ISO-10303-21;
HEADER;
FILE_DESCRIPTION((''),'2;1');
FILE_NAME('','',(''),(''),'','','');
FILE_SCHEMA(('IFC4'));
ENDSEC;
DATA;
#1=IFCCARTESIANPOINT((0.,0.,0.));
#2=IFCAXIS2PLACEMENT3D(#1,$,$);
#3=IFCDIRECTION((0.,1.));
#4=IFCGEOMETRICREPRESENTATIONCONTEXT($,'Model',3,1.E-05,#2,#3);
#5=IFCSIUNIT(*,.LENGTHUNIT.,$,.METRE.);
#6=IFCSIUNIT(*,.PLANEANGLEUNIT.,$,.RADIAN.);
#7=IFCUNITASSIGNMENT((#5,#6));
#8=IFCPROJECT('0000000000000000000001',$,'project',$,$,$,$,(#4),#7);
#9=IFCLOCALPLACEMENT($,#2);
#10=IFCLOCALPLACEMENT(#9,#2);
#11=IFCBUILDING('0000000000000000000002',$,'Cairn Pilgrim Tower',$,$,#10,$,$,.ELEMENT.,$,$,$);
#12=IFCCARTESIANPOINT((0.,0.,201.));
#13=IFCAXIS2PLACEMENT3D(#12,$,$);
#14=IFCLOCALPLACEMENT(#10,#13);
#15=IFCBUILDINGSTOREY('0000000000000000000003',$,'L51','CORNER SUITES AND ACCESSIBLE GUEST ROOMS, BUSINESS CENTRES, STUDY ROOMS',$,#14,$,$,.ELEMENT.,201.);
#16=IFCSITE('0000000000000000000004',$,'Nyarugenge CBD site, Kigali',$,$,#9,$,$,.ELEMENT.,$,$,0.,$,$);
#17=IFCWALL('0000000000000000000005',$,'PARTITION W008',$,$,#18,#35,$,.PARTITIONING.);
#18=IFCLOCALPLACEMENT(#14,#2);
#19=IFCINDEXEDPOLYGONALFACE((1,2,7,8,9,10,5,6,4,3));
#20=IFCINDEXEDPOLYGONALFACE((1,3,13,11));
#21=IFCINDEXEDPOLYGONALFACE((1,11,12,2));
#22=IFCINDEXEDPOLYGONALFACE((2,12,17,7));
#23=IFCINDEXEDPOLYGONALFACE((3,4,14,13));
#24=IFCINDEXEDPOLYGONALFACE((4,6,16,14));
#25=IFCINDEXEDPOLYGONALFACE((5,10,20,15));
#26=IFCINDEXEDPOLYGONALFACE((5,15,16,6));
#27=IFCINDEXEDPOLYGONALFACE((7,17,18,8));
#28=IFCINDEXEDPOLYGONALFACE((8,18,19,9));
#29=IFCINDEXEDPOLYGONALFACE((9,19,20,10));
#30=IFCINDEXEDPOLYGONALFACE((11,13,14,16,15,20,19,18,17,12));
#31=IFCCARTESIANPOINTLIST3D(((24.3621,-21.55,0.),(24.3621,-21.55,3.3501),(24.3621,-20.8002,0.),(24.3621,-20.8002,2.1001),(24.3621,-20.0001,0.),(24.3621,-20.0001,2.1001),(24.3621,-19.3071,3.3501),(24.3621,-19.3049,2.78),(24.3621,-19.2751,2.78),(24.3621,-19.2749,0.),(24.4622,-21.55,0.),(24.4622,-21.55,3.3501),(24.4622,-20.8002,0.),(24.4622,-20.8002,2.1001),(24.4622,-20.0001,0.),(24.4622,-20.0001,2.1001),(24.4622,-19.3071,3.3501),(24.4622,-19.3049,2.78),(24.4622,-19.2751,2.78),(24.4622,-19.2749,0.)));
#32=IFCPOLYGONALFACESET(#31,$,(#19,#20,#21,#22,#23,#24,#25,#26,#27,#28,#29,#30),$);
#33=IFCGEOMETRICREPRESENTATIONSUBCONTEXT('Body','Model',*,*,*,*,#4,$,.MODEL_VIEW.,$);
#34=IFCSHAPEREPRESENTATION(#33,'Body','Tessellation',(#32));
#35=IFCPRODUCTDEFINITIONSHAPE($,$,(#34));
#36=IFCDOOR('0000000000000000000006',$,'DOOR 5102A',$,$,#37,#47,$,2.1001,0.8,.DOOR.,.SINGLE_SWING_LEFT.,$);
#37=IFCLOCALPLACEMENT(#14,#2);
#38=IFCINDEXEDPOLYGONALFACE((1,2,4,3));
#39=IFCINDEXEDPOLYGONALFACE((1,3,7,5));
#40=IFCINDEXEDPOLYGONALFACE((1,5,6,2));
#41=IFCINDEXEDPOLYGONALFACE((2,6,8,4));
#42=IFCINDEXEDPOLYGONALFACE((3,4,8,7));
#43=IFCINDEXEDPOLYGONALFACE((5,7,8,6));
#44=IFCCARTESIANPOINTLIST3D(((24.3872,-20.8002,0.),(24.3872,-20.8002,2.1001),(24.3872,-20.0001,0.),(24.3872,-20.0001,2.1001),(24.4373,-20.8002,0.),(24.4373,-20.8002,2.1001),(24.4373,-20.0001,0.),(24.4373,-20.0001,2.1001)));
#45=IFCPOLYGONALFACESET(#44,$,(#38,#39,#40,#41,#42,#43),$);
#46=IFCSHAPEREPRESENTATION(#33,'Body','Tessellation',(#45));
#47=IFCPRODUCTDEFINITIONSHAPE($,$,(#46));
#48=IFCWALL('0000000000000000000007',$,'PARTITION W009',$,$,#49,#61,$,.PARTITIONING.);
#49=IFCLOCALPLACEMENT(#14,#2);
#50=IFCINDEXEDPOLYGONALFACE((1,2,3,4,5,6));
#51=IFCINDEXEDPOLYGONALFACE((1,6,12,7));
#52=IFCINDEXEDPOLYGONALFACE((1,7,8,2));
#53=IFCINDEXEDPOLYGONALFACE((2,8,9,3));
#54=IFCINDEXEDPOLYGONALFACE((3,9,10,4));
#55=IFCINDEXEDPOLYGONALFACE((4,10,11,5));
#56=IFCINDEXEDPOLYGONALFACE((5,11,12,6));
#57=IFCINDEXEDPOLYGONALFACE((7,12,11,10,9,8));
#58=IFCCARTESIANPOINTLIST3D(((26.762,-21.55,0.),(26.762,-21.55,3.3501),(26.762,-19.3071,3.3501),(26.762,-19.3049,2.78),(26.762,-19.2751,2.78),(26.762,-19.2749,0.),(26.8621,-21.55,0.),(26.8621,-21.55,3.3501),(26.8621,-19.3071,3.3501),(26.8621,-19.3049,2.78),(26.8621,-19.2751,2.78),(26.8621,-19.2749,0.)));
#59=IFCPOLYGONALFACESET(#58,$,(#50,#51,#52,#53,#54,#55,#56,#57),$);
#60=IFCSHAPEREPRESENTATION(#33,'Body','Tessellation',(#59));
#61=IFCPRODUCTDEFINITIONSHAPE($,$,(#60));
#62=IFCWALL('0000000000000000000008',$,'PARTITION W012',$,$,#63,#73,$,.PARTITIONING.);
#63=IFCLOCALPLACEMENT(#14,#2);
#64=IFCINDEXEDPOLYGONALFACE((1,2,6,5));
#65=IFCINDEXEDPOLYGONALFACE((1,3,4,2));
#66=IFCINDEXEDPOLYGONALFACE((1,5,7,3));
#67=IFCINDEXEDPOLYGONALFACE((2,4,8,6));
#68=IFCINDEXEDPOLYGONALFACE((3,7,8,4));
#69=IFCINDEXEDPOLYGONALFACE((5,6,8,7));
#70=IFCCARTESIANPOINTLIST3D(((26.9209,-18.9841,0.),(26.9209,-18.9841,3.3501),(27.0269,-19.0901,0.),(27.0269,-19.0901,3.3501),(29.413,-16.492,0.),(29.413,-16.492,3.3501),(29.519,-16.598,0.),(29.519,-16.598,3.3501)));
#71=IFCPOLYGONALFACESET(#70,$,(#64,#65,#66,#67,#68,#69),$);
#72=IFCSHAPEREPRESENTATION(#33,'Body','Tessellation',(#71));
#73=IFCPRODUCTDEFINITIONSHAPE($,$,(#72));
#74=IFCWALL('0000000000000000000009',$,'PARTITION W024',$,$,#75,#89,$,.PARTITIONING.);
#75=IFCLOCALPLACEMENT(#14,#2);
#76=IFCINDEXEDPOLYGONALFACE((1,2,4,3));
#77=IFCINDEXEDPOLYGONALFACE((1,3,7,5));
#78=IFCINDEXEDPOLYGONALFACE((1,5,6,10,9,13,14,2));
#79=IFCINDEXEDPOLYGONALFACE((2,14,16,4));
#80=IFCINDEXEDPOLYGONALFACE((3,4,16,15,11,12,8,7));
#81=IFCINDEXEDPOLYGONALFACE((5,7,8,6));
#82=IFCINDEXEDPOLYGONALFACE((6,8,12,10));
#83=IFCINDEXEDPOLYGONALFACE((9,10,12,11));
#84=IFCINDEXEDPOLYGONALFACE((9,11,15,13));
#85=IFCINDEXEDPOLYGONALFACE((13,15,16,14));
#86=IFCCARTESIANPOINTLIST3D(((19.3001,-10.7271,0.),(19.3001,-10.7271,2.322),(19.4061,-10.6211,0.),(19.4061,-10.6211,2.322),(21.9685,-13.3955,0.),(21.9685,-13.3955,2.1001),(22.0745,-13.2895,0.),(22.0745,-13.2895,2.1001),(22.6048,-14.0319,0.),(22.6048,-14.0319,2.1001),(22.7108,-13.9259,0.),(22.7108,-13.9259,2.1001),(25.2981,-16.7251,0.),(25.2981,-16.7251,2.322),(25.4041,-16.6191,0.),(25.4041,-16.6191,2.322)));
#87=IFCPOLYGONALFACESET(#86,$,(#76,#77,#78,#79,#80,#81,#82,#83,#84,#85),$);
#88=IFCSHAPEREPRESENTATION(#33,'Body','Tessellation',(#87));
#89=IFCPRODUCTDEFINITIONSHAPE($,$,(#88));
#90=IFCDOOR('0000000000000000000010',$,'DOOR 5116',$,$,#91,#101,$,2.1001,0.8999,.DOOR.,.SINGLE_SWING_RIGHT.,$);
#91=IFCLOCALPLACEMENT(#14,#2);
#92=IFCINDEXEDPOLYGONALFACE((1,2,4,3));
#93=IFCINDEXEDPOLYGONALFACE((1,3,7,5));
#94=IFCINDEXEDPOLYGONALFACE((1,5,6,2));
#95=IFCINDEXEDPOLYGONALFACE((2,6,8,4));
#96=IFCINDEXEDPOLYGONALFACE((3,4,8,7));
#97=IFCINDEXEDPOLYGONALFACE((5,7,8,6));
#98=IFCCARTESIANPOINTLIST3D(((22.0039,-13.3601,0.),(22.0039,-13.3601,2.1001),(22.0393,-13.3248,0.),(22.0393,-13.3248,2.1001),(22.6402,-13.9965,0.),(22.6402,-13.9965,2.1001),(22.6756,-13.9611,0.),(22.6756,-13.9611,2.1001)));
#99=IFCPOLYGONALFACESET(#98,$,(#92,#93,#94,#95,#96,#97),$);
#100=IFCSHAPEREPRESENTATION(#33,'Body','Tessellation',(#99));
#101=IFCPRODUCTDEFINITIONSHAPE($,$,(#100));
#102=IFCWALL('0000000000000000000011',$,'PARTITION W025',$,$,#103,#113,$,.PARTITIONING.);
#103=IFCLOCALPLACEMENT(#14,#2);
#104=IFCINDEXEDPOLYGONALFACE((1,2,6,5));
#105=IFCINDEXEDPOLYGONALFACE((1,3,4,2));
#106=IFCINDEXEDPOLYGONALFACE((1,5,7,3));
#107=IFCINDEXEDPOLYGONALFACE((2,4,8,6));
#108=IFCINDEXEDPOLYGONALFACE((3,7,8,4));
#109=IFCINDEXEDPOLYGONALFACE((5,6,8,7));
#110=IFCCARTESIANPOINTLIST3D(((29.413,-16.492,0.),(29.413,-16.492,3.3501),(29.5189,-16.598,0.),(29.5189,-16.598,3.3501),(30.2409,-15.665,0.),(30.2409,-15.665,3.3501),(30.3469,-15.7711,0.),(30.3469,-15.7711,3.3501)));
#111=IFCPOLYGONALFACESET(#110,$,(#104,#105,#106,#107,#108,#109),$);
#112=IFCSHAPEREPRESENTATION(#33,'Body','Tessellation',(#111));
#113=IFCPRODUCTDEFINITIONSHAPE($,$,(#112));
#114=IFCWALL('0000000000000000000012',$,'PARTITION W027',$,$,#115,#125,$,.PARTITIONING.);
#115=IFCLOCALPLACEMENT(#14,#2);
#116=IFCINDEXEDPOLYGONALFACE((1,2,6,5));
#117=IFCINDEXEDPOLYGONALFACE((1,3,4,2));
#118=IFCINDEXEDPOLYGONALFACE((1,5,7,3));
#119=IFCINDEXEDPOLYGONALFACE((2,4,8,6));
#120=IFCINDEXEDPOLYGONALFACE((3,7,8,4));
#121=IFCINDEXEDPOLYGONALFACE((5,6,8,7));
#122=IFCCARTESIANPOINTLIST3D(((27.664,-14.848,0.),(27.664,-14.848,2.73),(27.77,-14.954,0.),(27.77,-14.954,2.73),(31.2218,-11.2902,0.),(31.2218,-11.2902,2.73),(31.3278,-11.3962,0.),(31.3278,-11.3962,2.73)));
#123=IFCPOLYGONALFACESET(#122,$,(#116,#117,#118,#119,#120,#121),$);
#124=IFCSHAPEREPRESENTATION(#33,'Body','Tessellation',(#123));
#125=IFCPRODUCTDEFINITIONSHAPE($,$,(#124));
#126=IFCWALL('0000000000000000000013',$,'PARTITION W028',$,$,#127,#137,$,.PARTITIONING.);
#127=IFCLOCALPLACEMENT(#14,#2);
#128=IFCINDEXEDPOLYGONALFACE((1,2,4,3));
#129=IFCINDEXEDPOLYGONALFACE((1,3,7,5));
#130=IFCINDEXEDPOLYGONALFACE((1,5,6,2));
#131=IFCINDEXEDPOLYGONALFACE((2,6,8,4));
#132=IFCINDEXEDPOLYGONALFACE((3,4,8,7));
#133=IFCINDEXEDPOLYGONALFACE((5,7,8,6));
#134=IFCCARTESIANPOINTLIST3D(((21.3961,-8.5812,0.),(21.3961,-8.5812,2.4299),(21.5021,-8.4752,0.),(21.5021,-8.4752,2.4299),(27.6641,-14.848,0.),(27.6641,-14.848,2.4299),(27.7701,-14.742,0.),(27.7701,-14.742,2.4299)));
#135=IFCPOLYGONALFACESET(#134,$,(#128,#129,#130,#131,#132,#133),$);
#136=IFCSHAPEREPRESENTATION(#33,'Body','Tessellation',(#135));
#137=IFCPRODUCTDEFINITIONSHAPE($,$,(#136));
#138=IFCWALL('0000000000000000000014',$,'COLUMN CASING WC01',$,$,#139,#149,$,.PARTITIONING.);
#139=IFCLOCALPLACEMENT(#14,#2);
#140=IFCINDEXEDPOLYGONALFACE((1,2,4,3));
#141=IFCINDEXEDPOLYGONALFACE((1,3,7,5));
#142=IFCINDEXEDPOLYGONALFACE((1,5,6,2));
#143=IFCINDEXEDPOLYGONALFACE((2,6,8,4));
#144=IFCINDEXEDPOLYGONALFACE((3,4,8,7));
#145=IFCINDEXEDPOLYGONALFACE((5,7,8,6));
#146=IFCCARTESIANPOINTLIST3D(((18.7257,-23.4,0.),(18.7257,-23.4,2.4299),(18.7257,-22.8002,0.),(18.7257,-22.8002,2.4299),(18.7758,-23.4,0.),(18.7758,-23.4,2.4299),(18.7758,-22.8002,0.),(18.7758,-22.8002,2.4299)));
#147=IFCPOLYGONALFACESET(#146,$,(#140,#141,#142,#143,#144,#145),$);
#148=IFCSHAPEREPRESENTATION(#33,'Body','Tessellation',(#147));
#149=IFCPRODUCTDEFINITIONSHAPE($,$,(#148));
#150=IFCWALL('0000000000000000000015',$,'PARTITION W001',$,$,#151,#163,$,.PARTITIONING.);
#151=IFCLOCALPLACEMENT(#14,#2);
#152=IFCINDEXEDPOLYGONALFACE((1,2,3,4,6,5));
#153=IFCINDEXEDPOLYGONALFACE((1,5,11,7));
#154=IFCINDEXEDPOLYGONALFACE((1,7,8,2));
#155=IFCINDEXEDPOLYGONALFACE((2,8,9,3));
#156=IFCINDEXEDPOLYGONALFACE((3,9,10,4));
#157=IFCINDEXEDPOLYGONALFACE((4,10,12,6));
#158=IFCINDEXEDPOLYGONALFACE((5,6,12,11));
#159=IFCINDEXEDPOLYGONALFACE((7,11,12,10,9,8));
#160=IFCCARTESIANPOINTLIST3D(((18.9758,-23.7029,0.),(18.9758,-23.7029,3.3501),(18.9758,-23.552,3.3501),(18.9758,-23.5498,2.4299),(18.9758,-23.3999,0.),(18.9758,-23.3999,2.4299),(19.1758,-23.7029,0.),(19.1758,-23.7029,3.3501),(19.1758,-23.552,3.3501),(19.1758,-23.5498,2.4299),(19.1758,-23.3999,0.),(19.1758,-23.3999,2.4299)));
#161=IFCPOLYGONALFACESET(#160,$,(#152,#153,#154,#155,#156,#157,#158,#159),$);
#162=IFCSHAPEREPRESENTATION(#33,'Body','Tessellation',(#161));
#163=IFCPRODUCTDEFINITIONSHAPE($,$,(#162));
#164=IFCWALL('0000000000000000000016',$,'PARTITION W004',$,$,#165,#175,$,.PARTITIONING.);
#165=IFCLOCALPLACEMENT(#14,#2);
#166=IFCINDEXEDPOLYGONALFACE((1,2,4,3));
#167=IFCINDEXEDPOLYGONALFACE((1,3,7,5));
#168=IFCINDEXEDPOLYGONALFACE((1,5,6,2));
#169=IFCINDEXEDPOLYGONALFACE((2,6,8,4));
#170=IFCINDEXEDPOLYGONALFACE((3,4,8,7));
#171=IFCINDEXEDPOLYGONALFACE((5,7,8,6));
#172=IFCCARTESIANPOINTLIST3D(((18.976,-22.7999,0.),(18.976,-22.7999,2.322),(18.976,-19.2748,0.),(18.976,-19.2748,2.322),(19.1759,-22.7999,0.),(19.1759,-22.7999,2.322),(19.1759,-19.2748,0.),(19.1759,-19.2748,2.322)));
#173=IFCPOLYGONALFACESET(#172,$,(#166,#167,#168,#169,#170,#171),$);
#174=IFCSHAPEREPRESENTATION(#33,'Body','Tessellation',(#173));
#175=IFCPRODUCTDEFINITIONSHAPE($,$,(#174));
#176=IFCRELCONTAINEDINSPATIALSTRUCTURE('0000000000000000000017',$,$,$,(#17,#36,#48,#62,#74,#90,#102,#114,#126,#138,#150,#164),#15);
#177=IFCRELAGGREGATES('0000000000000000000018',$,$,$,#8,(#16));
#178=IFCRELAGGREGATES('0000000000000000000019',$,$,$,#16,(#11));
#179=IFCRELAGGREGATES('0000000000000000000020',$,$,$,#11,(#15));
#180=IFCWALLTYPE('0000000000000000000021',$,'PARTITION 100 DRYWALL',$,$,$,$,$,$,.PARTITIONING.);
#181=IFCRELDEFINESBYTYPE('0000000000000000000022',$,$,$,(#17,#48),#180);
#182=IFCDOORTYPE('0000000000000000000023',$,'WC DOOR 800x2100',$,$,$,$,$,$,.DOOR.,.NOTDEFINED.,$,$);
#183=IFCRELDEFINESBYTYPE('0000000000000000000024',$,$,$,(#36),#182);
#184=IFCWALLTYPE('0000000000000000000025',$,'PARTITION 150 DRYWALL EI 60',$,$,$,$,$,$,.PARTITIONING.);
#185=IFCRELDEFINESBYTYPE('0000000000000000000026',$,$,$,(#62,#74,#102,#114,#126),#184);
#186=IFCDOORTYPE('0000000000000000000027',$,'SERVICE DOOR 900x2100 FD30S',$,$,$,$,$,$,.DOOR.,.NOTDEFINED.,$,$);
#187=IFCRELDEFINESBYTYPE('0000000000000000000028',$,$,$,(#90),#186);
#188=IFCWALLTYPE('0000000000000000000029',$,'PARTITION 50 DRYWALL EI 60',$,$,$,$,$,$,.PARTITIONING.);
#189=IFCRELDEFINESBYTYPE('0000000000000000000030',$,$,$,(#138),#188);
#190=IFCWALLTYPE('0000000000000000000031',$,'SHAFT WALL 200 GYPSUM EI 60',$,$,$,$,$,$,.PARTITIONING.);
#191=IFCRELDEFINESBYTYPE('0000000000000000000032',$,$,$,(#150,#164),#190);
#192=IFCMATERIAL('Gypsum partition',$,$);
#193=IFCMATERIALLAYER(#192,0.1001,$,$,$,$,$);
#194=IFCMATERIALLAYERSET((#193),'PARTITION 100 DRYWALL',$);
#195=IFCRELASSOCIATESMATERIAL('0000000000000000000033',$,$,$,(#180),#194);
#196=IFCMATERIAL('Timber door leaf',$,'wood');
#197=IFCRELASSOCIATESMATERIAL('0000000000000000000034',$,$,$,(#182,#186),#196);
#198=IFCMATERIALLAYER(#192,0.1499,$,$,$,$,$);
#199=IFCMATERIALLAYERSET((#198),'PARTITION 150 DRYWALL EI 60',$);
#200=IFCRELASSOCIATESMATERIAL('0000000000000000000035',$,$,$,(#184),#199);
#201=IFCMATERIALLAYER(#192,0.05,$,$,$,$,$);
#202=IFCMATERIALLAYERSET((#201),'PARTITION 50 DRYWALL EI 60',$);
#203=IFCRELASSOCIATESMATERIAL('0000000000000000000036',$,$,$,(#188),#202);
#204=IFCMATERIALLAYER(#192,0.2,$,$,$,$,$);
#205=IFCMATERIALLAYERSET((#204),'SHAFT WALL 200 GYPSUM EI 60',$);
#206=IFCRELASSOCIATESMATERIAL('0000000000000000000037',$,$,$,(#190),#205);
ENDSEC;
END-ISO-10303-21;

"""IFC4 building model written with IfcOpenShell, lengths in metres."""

from ifc_helpers import new_model, si_unit, direction, frame, frame_2d, origin, place, context, subcontext, project, spatial, polyline, rectangle, outline, extrude, material, layer, layer_set, type_object, element, fill, save


model = new_model("IFC4")

# Units and contexts
model_context = context("Model", 3, precision=1e-05, world=origin(), true_north=direction((0.0, 1.0)))
body_context = subcontext(model_context, "Body", "Model", "MODEL_VIEW")
ifc_project = project(units=[si_unit("LENGTHUNIT", "METRE"), si_unit("PLANEANGLEUNIT", "RADIAN")], contexts=[model_context])

# Site, building, storey
site_placement = place(None, origin())
site = spatial("IfcSite", under=ifc_project, at=site_placement, Name="Nyarugenge CBD site, Kigali", CompositionType="ELEMENT", RefElevation=0.0)
building_placement = place(site_placement, origin())
building = spatial("IfcBuilding", under=site, at=building_placement, Name="Cairn Pilgrim Tower", CompositionType="ELEMENT")
storey_placement = place(building_placement, frame((0.0, 0.0, 201.0)))
storey = spatial("IfcBuildingStorey", under=building, at=storey_placement, Name="L51", Description="CORNER SUITES AND ACCESSIBLE GUEST ROOMS, BUSINESS CENTRES, STUDY ROOMS", CompositionType="ELEMENT", Elevation=201.0)

# Shared definitions
ifc_material_1 = material(Name="Gypsum partition")
ifc_layer_1 = layer(ifc_material_1, 0.1001)
ifc_layer_set_1 = layer_set([ifc_layer_1], Name="PARTITION 100 DRYWALL")
wall_type_1 = type_object("IfcWallType", Name="PARTITION 100 DRYWALL", PredefinedType="PARTITIONING", material=ifc_layer_set_1)

# Wall, opening, door
wall_1_placement = place(storey_placement, frame((24.4121, -21.55, 0.0), z_axis=(0.0, 0.0, 1.0), x_axis=(0.0, 1.0, 0.0)))
wall_1 = element("IfcWall", 1, at=wall_1_placement, inside=storey, type_object=wall_type_1, Name="PARTITION W008", PredefinedType="PARTITIONING", context=body_context, shape_type="SweptSolid", body=[
    extrude(outline(polyline([(0.0, 0.0), (2.2751, 0.0), (2.2749, 2.78), (2.2451, 2.78), (2.2429, 3.3501), (0.0, 3.3501), (0.0, 0.0)])), frame((0.0, 0.05, 0.0), z_axis=(0.0, -1.0, 0.0), x_axis=(1.0, 0.0, 0.0)), (0.0, 0.0, 1.0), 0.1001),
])
opening_1_placement = place(wall_1_placement, frame((0.75, 0.0, 0.0)))
opening_1 = element("IfcOpeningElement", 2, at=opening_1_placement, cuts=wall_1, PredefinedType="OPENING", context=body_context, shape_type="SweptSolid", body=[
    extrude(rectangle(XDim=0.8, YDim=2.1001, at=frame_2d((0.3999, 1.05))), frame((0.0, 0.0601, 0.0), z_axis=(0.0, -1.0, 0.0), x_axis=(1.0, 0.0, 0.0)), (0.0, 0.0, 1.0), 0.1201),
])
ifc_material_2 = material(Name="Timber door leaf", Category="wood")
door_type_1 = type_object("IfcDoorType", Name="WC DOOR 800x2100", OperationType="NOTDEFINED", PredefinedType="DOOR", material=ifc_material_2)
door_1_placement = place(opening_1_placement, origin())
door_1 = element("IfcDoor", 3, at=door_1_placement, inside=storey, type_object=door_type_1, Name="DOOR 5102A", OperationType="SINGLE_SWING_LEFT", OverallHeight=2.1001, OverallWidth=0.8, PredefinedType="DOOR", context=body_context, shape_type="SweptSolid", body=[
    extrude(rectangle(XDim=0.8, YDim=2.1001, at=frame_2d((0.3999, 1.05))), frame((0.0, 0.0249, 0.0), z_axis=(0.0, -1.0, 0.0), x_axis=(1.0, 0.0, 0.0)), (0.0, 0.0, 1.0), 0.05),
])
fill(opening_1, door_1)

# Walls
wall_2_placement = place(storey_placement, frame((26.812, -21.55, 0.0), z_axis=(0.0, 0.0, 1.0), x_axis=(0.0, 1.0, 0.0)))
element("IfcWall", 4, at=wall_2_placement, inside=storey, type_object=wall_type_1, Name="PARTITION W009", PredefinedType="PARTITIONING", context=body_context, shape_type="SweptSolid", body=[
    extrude(outline(polyline([(0.0, 0.0), (2.2751, 0.0), (2.2749, 2.78), (2.2451, 2.78), (2.2429, 3.3501), (0.0, 3.3501), (0.0, 0.0)])), frame((0.0, 0.05, 0.0), z_axis=(0.0, -1.0, 0.0), x_axis=(1.0, 0.0, 0.0)), (0.0, 0.0, 1.0), 0.1001),
])
ifc_layer_2 = layer(ifc_material_1, 0.1499)
ifc_layer_set_2 = layer_set([ifc_layer_2], Name="PARTITION 150 DRYWALL EI 60")
wall_type_2 = type_object("IfcWallType", Name="PARTITION 150 DRYWALL EI 60", PredefinedType="PARTITIONING", material=ifc_layer_set_2)
wall_3_placement = place(storey_placement, frame((26.9739, -19.0371, 0.0), z_axis=(0.0, 0.0, 1.0), x_axis=(0.707107, 0.707107, 0.0)))
element("IfcWall", 5, at=wall_3_placement, inside=storey, type_object=wall_type_2, Name="PARTITION W012", PredefinedType="PARTITIONING", context=body_context, shape_type="SweptSolid", body=[
    extrude(rectangle(XDim=3.5244, YDim=0.1499, at=frame_2d((1.7622, 0.0))), origin(), (0.0, 0.0, 1.0), 3.3501),
])

# Wall, opening, door
wall_4_placement = place(storey_placement, frame((25.3511, -16.6721, 0.0), z_axis=(0.0, 0.0, 1.0), x_axis=(-0.707107, 0.707107, 0.0)))
wall_4 = element("IfcWall", 6, at=wall_4_placement, inside=storey, type_object=wall_type_2, Name="PARTITION W024", PredefinedType="PARTITIONING", context=body_context, shape_type="SweptSolid", body=[
    extrude(rectangle(XDim=8.4824, YDim=0.1499, at=frame_2d((4.2412, 0.0))), origin(), (0.0, 0.0, 1.0), 2.322),
])
opening_2_placement = place(wall_4_placement, frame((3.8088, 0.0, 0.0)))
opening_2 = element("IfcOpeningElement", 7, at=opening_2_placement, cuts=wall_4, PredefinedType="OPENING", context=body_context, shape_type="SweptSolid", body=[
    extrude(rectangle(XDim=0.8999, YDim=2.1001, at=frame_2d((0.45, 1.05))), frame((0.0, 0.085, 0.0), z_axis=(0.0, -1.0, 0.0), x_axis=(1.0, 0.0, 0.0)), (0.0, 0.0, 1.0), 0.1699),
])
door_type_2 = type_object("IfcDoorType", Name="SERVICE DOOR 900x2100 FD30S", OperationType="NOTDEFINED", PredefinedType="DOOR", material=ifc_material_2)
door_2_placement = place(opening_2_placement, origin())
door_2 = element("IfcDoor", 8, at=door_2_placement, inside=storey, type_object=door_type_2, Name="DOOR 5116", OperationType="SINGLE_SWING_RIGHT", OverallHeight=2.1001, OverallWidth=0.8999, PredefinedType="DOOR", context=body_context, shape_type="SweptSolid", body=[
    extrude(rectangle(XDim=0.8999, YDim=2.1001, at=frame_2d((0.45, 1.05))), frame((0.0, 0.0249, 0.0), z_axis=(0.0, -1.0, 0.0), x_axis=(1.0, 0.0, 0.0)), (0.0, 0.0, 1.0), 0.05),
])
fill(opening_2, door_2)

# Walls
wall_5_placement = place(storey_placement, frame((29.4661, -16.5449, 0.0), z_axis=(0.0, 0.0, 1.0), x_axis=(0.707524, 0.706689, 0.0)))
element("IfcWall", 9, at=wall_5_placement, inside=storey, type_object=wall_type_2, Name="PARTITION W025", PredefinedType="PARTITIONING", context=body_context, shape_type="SweptSolid", body=[
    extrude(rectangle(XDim=1.1702, YDim=0.1499, at=frame_2d((0.585, 0.0))), origin(), (0.0, 0.0, 1.0), 3.3501),
])
wall_6_placement = place(storey_placement, frame((27.717, -14.9009, 0.0), z_axis=(0.0, 0.0, 1.0), x_axis=(0.707107, 0.707107, 0.0)))
element("IfcWall", 10, at=wall_6_placement, inside=storey, type_object=wall_type_2, Name="PARTITION W027", PredefinedType="PARTITIONING", context=body_context, shape_type="SweptSolid", body=[
    extrude(rectangle(XDim=5.0315, YDim=0.1499, at=frame_2d((2.5156, 0.0))), origin(), (0.0, 0.0, 1.0), 2.73),
])
wall_7_placement = place(storey_placement, frame((27.717, -14.7949, 0.0), z_axis=(0.0, 0.0, 1.0), x_axis=(-0.707176, 0.707038, 0.0)))
element("IfcWall", 11, at=wall_7_placement, inside=storey, type_object=wall_type_2, Name="PARTITION W028", PredefinedType="PARTITIONING", context=body_context, shape_type="SweptSolid", body=[
    extrude(rectangle(XDim=8.8635, YDim=0.1499, at=frame_2d((4.4316, 0.0))), origin(), (0.0, 0.0, 1.0), 2.4299),
])
ifc_layer_3 = layer(ifc_material_1, 0.05)
ifc_layer_set_3 = layer_set([ifc_layer_3], Name="PARTITION 50 DRYWALL EI 60")
wall_type_3 = type_object("IfcWallType", Name="PARTITION 50 DRYWALL EI 60", PredefinedType="PARTITIONING", material=ifc_layer_set_3)
wall_8_placement = place(storey_placement, frame((18.7507, -23.3999, 0.0), z_axis=(0.0, 0.0, 1.0), x_axis=(0.0, 1.0, 0.0)))
element("IfcWall", 12, at=wall_8_placement, inside=storey, type_object=wall_type_3, Name="COLUMN CASING WC01", PredefinedType="PARTITIONING", context=body_context, shape_type="SweptSolid", body=[
    extrude(rectangle(XDim=0.5999, YDim=0.05, at=frame_2d((0.2998, 0.0))), origin(), (0.0, 0.0, 1.0), 2.4299),
])
ifc_layer_4 = layer(ifc_material_1, 0.2)
ifc_layer_set_4 = layer_set([ifc_layer_4], Name="SHAFT WALL 200 GYPSUM EI 60")
wall_type_4 = type_object("IfcWallType", Name="SHAFT WALL 200 GYPSUM EI 60", PredefinedType="PARTITIONING", material=ifc_layer_set_4)
wall_9_placement = place(storey_placement, frame((19.0759, -23.7029, 0.0), z_axis=(0.0, 0.0, 1.0), x_axis=(0.0, 1.0, 0.0)))
element("IfcWall", 13, at=wall_9_placement, inside=storey, type_object=wall_type_4, Name="PARTITION W001", PredefinedType="PARTITIONING", context=body_context, shape_type="SweptSolid", body=[
    extrude(outline(polyline([(0.0, 0.0), (0.303, 0.0), (0.303, 2.4299), (0.1531, 2.4299), (0.1509, 3.3501), (0.0, 3.3501), (0.0, 0.0)])), frame((0.0, 0.1001, 0.0), z_axis=(0.0, -1.0, 0.0), x_axis=(1.0, 0.0, 0.0)), (0.0, 0.0, 1.0), 0.2),
])
wall_10_placement = place(storey_placement, frame((19.0759, -22.8, 0.0), z_axis=(0.0, 0.0, 1.0), x_axis=(0.0, 1.0, 0.0)))
element("IfcWall", 14, at=wall_10_placement, inside=storey, type_object=wall_type_4, Name="PARTITION W004", PredefinedType="PARTITIONING", context=body_context, shape_type="SweptSolid", body=[
    extrude(rectangle(XDim=3.5251, YDim=0.2, at=frame_2d((1.7627, 0.0))), origin(), (0.0, 0.0, 1.0), 2.322),
])

save(model, "model.ifc")
